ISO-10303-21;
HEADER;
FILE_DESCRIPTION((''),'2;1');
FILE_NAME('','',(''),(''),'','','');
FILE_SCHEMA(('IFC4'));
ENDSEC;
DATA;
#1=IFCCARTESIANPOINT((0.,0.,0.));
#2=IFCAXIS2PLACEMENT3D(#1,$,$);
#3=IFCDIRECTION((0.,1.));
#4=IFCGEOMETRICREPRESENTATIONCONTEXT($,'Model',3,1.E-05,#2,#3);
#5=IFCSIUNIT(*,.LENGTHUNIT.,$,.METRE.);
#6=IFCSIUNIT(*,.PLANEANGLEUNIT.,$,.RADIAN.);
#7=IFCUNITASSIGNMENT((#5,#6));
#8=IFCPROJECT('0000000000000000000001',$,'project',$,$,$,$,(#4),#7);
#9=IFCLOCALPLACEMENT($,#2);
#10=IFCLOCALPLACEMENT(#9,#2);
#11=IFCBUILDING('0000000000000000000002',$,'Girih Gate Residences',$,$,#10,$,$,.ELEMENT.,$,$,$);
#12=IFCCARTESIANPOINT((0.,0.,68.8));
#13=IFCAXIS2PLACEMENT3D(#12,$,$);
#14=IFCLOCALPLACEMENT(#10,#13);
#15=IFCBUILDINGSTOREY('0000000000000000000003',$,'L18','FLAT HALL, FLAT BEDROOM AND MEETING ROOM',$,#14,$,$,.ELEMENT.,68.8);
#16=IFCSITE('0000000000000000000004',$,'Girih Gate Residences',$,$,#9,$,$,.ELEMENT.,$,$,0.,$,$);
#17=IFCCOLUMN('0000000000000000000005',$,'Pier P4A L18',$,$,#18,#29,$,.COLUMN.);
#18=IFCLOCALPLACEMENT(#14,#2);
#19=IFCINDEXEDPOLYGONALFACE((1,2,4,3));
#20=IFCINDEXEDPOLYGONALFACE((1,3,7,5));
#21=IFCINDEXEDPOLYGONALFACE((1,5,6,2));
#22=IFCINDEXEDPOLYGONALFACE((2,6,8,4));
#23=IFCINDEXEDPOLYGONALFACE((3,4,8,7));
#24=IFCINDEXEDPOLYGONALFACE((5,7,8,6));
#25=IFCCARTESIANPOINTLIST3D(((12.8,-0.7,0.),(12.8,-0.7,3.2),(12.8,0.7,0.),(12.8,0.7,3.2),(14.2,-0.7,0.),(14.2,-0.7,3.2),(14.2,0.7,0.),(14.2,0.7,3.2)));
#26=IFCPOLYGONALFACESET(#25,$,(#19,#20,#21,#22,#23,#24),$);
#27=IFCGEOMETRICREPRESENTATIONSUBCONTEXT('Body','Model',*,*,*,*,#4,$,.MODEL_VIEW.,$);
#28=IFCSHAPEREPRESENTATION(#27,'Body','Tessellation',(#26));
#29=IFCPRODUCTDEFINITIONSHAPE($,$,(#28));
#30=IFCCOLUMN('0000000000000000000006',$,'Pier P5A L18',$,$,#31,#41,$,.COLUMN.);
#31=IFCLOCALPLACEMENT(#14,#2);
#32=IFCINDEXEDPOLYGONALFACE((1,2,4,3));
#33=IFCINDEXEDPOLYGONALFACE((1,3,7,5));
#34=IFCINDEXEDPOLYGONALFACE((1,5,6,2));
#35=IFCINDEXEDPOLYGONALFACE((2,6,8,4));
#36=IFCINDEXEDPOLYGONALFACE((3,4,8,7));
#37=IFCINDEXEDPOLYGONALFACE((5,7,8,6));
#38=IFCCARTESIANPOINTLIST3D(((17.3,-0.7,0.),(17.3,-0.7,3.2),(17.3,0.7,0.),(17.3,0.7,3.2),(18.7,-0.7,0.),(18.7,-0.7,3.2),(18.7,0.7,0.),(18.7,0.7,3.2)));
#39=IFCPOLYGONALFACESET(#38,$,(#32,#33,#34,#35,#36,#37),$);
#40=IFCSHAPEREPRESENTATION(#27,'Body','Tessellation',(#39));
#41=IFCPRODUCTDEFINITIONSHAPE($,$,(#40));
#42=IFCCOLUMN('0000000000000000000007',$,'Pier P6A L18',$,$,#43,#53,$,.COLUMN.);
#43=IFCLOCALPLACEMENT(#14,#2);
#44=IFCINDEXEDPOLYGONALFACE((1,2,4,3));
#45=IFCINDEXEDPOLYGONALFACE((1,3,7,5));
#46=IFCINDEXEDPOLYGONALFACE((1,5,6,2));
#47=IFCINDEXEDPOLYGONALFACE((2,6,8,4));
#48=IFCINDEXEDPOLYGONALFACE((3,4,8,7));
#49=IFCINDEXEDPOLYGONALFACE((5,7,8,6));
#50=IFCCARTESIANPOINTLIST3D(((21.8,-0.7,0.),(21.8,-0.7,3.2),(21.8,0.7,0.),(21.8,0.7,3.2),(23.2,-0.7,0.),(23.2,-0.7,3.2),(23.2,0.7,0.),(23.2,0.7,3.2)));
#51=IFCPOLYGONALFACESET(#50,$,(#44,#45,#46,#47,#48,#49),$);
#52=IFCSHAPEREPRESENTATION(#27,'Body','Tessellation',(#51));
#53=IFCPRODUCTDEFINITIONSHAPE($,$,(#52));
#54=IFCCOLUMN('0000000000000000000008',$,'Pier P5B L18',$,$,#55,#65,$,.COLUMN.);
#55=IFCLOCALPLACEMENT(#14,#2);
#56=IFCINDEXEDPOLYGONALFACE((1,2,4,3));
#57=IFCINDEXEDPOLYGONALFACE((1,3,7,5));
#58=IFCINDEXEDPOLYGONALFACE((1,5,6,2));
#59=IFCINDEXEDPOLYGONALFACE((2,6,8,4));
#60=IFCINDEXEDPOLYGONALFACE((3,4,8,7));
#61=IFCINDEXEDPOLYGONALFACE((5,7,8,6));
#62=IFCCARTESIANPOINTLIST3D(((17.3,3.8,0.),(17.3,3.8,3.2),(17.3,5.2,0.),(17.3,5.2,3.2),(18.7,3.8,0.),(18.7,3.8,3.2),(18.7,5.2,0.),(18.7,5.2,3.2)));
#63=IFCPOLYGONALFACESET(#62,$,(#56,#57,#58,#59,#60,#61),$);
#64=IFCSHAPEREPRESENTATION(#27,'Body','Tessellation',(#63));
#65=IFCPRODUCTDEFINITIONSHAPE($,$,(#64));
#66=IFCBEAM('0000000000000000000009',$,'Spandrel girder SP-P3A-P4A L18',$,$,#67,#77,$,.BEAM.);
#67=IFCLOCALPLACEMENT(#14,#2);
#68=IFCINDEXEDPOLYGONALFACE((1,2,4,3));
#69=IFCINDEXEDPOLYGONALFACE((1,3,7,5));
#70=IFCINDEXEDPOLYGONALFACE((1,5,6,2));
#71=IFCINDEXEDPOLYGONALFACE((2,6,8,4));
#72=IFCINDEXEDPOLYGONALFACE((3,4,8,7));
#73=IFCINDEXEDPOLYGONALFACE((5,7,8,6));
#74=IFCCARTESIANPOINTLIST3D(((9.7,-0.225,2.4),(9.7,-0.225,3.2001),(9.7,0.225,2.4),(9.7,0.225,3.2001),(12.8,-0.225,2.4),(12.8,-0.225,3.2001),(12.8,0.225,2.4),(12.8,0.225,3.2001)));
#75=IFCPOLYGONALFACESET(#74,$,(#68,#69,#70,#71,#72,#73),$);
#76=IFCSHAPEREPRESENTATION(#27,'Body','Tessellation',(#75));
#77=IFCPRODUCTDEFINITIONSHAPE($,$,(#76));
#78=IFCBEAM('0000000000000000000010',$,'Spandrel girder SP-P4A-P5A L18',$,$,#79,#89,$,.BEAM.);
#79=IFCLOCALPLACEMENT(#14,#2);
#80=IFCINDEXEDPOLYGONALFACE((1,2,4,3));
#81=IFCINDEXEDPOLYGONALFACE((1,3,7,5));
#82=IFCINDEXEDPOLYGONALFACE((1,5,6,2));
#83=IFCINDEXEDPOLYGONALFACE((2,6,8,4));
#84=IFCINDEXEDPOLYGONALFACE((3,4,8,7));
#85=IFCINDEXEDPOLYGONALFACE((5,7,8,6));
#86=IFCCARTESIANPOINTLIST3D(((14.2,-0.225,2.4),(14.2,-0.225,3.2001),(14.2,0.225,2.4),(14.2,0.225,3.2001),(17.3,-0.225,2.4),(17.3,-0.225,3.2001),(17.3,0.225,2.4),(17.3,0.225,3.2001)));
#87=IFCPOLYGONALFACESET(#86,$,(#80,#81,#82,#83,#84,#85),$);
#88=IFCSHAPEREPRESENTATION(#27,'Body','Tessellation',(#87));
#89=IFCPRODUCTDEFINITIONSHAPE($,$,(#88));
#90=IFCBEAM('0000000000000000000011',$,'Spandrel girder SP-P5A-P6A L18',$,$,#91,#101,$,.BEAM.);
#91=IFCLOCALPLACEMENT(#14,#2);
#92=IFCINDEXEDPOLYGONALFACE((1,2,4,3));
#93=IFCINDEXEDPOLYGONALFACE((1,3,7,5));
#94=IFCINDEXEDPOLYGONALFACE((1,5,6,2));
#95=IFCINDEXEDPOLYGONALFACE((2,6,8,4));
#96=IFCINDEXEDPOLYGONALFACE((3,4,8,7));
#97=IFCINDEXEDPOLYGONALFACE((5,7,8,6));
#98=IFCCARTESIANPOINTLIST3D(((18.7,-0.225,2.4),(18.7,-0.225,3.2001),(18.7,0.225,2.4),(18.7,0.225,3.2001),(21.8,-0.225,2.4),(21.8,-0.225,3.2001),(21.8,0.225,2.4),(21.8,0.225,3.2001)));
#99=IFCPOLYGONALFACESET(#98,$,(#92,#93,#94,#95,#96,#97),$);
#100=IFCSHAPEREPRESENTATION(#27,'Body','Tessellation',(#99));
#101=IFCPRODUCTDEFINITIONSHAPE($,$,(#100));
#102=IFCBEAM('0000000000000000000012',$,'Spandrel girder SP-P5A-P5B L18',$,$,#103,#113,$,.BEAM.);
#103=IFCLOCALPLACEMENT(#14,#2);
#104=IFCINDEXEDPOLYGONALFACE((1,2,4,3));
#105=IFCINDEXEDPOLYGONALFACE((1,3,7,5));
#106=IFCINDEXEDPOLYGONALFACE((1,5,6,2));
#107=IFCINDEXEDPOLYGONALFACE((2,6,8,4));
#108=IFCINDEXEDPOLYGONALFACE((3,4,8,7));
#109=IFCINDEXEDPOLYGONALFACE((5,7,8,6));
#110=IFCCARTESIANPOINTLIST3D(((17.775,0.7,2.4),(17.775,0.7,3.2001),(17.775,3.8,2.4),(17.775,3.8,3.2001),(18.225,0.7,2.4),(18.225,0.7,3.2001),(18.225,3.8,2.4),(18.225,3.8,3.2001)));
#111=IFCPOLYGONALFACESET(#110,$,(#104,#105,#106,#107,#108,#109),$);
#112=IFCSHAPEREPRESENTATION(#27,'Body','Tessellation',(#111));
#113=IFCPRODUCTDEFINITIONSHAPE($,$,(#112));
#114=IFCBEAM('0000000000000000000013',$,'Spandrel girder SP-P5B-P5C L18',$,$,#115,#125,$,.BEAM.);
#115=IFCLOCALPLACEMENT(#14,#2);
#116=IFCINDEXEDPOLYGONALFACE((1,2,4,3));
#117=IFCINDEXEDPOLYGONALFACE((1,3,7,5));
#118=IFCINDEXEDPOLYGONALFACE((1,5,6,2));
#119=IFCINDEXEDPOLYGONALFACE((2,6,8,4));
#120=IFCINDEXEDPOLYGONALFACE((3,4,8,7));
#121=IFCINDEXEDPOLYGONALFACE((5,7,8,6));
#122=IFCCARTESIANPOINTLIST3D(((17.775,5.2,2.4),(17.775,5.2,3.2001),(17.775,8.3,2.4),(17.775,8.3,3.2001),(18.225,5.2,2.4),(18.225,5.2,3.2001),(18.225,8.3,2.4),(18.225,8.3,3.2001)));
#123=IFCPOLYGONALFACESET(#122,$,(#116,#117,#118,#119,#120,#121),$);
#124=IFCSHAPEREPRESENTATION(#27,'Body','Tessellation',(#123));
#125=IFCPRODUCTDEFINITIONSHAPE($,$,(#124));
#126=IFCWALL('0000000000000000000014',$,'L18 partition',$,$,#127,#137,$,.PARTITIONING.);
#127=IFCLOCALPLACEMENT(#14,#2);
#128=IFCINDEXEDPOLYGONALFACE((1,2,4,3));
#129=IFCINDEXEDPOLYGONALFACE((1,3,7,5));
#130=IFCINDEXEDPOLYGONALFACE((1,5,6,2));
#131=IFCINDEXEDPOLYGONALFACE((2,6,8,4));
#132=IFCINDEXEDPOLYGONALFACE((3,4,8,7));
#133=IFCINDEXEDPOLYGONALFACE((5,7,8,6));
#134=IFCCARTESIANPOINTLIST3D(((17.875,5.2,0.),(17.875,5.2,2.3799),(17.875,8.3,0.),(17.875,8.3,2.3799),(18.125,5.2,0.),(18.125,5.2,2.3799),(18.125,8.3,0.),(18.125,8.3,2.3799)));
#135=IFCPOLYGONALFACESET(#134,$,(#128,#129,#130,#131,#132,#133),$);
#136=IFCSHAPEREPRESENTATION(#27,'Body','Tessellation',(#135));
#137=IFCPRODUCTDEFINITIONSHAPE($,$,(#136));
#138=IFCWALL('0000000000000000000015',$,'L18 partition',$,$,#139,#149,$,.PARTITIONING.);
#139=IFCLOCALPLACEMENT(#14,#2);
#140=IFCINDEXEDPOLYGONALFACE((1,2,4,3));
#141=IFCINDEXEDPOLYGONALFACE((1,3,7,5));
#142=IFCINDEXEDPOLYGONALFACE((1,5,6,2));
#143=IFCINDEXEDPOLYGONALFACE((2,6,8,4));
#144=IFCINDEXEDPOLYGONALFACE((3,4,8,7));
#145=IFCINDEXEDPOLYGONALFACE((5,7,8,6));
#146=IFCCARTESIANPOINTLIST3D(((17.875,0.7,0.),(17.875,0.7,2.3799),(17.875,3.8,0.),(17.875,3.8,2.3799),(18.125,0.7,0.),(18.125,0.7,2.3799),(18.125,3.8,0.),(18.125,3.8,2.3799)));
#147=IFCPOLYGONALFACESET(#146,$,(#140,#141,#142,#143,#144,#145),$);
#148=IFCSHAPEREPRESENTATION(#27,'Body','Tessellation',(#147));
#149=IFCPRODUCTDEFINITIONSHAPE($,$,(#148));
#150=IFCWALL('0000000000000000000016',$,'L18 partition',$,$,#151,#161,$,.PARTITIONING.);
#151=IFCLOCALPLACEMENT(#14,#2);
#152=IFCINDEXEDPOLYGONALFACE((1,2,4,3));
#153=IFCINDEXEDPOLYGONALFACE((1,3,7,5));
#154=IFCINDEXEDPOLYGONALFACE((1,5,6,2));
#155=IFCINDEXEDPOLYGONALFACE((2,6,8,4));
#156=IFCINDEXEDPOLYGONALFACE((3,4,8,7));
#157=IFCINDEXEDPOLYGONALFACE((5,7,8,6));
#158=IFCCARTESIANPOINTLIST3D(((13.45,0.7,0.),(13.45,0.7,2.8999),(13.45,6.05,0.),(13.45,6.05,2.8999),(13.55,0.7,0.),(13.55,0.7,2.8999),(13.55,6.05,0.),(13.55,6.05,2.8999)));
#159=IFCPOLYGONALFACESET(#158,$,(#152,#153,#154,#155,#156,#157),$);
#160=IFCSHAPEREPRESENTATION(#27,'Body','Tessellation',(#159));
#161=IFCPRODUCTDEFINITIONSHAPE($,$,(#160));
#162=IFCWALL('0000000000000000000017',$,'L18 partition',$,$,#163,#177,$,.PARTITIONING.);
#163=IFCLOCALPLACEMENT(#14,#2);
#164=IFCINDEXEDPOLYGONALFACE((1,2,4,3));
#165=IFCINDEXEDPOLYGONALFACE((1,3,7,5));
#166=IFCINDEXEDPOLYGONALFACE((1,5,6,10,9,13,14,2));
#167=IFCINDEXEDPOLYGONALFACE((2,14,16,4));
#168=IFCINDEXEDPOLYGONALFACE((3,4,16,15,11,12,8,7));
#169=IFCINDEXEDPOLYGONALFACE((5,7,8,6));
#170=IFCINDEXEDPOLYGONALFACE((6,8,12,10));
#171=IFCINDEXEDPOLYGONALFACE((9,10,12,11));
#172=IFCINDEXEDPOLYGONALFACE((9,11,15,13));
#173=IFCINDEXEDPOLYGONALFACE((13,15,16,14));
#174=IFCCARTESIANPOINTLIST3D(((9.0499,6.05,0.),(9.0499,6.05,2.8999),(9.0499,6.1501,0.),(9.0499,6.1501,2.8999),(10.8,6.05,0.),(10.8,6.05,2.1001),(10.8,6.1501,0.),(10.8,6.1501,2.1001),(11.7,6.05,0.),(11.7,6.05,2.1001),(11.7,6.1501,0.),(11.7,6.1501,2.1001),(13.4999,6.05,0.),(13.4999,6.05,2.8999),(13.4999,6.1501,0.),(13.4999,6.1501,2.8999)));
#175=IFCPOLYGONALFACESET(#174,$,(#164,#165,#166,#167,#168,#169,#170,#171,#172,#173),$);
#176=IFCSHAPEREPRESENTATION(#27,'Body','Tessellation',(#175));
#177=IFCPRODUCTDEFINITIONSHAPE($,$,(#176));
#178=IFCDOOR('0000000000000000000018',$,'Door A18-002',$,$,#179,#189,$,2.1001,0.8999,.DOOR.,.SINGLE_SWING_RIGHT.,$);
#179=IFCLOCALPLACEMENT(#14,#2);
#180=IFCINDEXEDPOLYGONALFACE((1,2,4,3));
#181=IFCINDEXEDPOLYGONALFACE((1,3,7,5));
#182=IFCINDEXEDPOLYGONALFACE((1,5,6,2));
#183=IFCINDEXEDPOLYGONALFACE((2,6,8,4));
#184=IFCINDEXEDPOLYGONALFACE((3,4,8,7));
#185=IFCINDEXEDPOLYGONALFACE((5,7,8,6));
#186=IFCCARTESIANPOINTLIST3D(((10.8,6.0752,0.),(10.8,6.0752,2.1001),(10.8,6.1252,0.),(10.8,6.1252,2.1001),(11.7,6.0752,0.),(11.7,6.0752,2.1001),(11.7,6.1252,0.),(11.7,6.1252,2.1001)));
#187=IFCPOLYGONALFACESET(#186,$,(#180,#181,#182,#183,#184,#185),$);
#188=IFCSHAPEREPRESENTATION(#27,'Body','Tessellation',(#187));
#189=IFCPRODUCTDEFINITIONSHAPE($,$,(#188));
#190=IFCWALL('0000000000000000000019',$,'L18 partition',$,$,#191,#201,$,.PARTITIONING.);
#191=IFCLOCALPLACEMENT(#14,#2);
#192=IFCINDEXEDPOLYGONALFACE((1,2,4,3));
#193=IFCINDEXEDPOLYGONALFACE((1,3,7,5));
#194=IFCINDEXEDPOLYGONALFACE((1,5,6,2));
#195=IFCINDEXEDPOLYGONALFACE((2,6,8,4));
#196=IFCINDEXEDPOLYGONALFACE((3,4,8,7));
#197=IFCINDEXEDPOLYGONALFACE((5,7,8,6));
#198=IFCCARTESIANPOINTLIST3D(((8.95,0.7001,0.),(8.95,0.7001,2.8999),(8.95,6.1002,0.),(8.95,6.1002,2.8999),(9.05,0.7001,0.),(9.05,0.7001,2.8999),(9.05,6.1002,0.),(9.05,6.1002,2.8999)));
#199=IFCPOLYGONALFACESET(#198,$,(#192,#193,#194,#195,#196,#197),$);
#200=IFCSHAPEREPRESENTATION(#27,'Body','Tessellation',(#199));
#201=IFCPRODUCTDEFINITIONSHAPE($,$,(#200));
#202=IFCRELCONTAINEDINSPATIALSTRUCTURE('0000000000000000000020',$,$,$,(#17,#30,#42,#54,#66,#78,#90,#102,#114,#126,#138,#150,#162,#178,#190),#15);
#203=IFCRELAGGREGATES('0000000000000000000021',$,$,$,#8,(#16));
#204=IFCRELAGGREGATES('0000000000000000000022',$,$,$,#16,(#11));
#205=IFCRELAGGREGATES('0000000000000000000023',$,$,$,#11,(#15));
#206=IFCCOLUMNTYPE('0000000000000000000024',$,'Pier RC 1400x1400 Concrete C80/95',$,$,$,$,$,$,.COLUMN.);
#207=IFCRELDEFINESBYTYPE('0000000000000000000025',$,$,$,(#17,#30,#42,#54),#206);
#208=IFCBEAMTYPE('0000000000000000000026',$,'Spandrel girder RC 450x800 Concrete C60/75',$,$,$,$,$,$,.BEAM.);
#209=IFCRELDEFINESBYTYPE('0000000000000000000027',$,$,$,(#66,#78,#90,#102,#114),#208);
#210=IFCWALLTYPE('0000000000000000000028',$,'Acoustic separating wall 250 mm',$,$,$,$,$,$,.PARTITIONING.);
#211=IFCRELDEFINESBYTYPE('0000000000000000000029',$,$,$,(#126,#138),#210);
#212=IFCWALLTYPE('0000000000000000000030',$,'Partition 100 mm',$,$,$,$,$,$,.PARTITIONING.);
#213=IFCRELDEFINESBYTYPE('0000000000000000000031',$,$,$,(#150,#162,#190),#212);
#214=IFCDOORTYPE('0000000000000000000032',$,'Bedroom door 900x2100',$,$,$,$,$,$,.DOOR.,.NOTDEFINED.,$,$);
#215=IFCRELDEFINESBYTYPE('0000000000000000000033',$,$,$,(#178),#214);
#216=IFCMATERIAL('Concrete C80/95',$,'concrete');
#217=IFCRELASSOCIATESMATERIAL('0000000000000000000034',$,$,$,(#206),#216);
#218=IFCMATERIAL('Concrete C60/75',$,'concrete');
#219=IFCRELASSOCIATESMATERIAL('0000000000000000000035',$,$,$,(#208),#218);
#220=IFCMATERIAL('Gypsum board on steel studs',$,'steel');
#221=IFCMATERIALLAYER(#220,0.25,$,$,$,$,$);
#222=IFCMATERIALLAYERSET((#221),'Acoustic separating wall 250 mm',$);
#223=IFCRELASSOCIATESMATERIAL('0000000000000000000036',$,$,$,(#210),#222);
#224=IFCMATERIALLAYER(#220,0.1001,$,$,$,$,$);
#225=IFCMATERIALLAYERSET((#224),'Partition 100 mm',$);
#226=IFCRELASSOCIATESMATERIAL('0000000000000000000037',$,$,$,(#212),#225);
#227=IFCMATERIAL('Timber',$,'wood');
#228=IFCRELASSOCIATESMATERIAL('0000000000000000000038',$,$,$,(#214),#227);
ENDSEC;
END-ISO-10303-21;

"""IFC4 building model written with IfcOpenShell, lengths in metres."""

from ifc_helpers import new_model, si_unit, direction, frame, frame_2d, origin, origin_2d, place, context, subcontext, project, spatial, rectangle, extrude, material, layer, layer_set, material_profile, profile_set, type_object, element, fill, save


model = new_model("IFC4")

# Units and contexts
model_context = context("Model", 3, precision=1e-05, world=origin(), true_north=direction((0.0, 1.0)))
body_context = subcontext(model_context, "Body", "Model", "MODEL_VIEW")
ifc_project = project(units=[si_unit("LENGTHUNIT", "METRE"), si_unit("PLANEANGLEUNIT", "RADIAN")], contexts=[model_context])

# Site, building, storey
site_placement = place(None, origin())
site = spatial("IfcSite", under=ifc_project, at=site_placement, Name="Girih Gate Residences", CompositionType="ELEMENT", RefElevation=0.0)
building_placement = place(site_placement, origin())
building = spatial("IfcBuilding", under=site, at=building_placement, Name="Girih Gate Residences", CompositionType="ELEMENT")
storey_placement = place(building_placement, frame((0.0, 0.0, 68.8)))
storey = spatial("IfcBuildingStorey", under=building, at=storey_placement, Name="L18", Description="FLAT HALL, FLAT BEDROOM AND MEETING ROOM", CompositionType="ELEMENT", Elevation=68.8)

# Columns
ifc_material_1 = material(Name="Concrete C80/95", Category="concrete")
ifc_material_profile_1 = material_profile(ifc_material_1, rectangle(XDim=1.3999, YDim=1.3999, at=origin_2d()))
ifc_profile_set_1 = profile_set([ifc_material_profile_1], Name="Concrete C80/95")
column_type = type_object("IfcColumnType", Name="Pier RC 1400x1400 Concrete C80/95", PredefinedType="COLUMN", material=ifc_profile_set_1)
for number, where, z_axis, x_axis, name in (
    (1, (13.5, 0.0, 0.0), (0.0, 0.0, 1.0), (1.0, 0.0, 0.0), "Pier P4A L18"),
    (2, (18.0, 0.0, 0.0), (0.0, 0.0, 1.0), (1.0, 0.0, 0.0), "Pier P5A L18"),
    (3, (22.5, 0.0, 0.0), (0.0, 0.0, 1.0), (1.0, 0.0, 0.0), "Pier P6A L18"),
    (4, (18.0, 4.5, 0.0), (0.0, 0.0, 1.0), (1.0, 0.0, 0.0), "Pier P5B L18"),
):
    element("IfcColumn", number, at=place(storey_placement, frame(where, z_axis=z_axis, x_axis=x_axis)), inside=storey, type_object=column_type, Name=name, PredefinedType="COLUMN", context=body_context, shape_type="SweptSolid", body=[
        extrude(rectangle(XDim=1.3999, YDim=1.3999, at=origin_2d()), origin(), (0.0, 0.0, 1.0), 3.2),
    ])

# Beams
ifc_material_2 = material(Name="Concrete C60/75", Category="concrete")
ifc_material_profile_2 = material_profile(ifc_material_2, rectangle(XDim=0.45, YDim=0.8, at=origin_2d()))
ifc_profile_set_2 = profile_set([ifc_material_profile_2], Name="Concrete C60/75")
beam_type = type_object("IfcBeamType", Name="Spandrel girder RC 450x800 Concrete C60/75", PredefinedType="BEAM", material=ifc_profile_set_2)
for number, where, z_axis, x_axis, name in (
    (5, (9.7, 0.0, 2.8), (1.0, 0.0, 0.0), (0.0, 1.0, 0.0), "Spandrel girder SP-P3A-P4A L18"),
    (6, (14.2, 0.0, 2.8), (1.0, 0.0, 0.0), (0.0, 1.0, 0.0), "Spandrel girder SP-P4A-P5A L18"),
    (7, (18.7, 0.0, 2.8), (1.0, 0.0, 0.0), (0.0, 1.0, 0.0), "Spandrel girder SP-P5A-P6A L18"),
    (8, (18.0, 0.7, 2.8), (0.0, 1.0, 0.0), (-1.0, 0.0, 0.0), "Spandrel girder SP-P5A-P5B L18"),
    (9, (18.0, 5.2, 2.8), (0.0, 1.0, 0.0), (-1.0, 0.0, 0.0), "Spandrel girder SP-P5B-P5C L18"),
):
    element("IfcBeam", number, at=place(storey_placement, frame(where, z_axis=z_axis, x_axis=x_axis)), inside=storey, type_object=beam_type, Name=name, PredefinedType="BEAM", context=body_context, shape_type="SweptSolid", body=[
        extrude(rectangle(XDim=0.45, YDim=0.8, at=origin_2d()), origin(), (0.0, 0.0, 1.0), 3.1001),
    ])

# Walls
ifc_material_3 = material(Name="Gypsum board on steel studs", Category="steel")
ifc_layer_1 = layer(ifc_material_3, 0.25)
ifc_layer_set_1 = layer_set([ifc_layer_1], Name="Acoustic separating wall 250 mm")
wall_type_1 = type_object("IfcWallType", Name="Acoustic separating wall 250 mm", PredefinedType="PARTITIONING", material=ifc_layer_set_1)
for number, where, z_axis, x_axis, name in (
    (10, (18.0, 5.2, 0.0), (0.0, 0.0, 1.0), (0.0, 1.0, 0.0), "L18 partition"),
    (11, (18.0, 0.7, 0.0), (0.0, 0.0, 1.0), (0.0, 1.0, 0.0), "L18 partition"),
):
    element("IfcWall", number, at=place(storey_placement, frame(where, z_axis=z_axis, x_axis=x_axis)), inside=storey, type_object=wall_type_1, Name=name, PredefinedType="PARTITIONING", context=body_context, shape_type="SweptSolid", body=[
        extrude(rectangle(XDim=3.1001, YDim=0.25, at=frame_2d((1.55, 0.0))), origin(), (0.0, 0.0, 1.0), 2.3799),
    ])
ifc_layer_2 = layer(ifc_material_3, 0.1001)
ifc_layer_set_2 = layer_set([ifc_layer_2], Name="Partition 100 mm")
wall_type_2 = type_object("IfcWallType", Name="Partition 100 mm", PredefinedType="PARTITIONING", material=ifc_layer_set_2)
wall_1_placement = place(storey_placement, frame((13.5, 0.7, 0.0), z_axis=(0.0, 0.0, 1.0), x_axis=(0.0, 1.0, 0.0)))
element("IfcWall", 12, at=wall_1_placement, inside=storey, type_object=wall_type_2, Name="L18 partition", PredefinedType="PARTITIONING", context=body_context, shape_type="SweptSolid", body=[
    extrude(rectangle(XDim=5.3501, YDim=0.1001, at=frame_2d((2.675, 0.0))), origin(), (0.0, 0.0, 1.0), 2.8999),
])

# Wall, opening, door
wall_2_placement = place(storey_placement, frame((13.5, 6.1001, 0.0), z_axis=(0.0, 0.0, 1.0), x_axis=(-1.0, 0.0, 0.0)))
wall_2 = element("IfcWall", 13, at=wall_2_placement, inside=storey, type_object=wall_type_2, Name="L18 partition", PredefinedType="PARTITIONING", context=body_context, shape_type="SweptSolid", body=[
    extrude(rectangle(XDim=4.45, YDim=0.1001, at=frame_2d((2.2251, 0.0))), origin(), (0.0, 0.0, 1.0), 2.8999),
])
opening_1_placement = place(wall_2_placement, frame((1.8, 0.0, 0.0)))
opening_1 = element("IfcOpeningElement", 14, at=opening_1_placement, cuts=wall_2, PredefinedType="OPENING", context=body_context, shape_type="SweptSolid", body=[
    extrude(rectangle(XDim=0.8999, YDim=2.1001, at=frame_2d((0.45, 1.05))), frame((0.0, 0.0601, 0.0), z_axis=(0.0, -1.0, 0.0), x_axis=(1.0, 0.0, 0.0)), (0.0, 0.0, 1.0), 0.1201),
])
ifc_material_4 = material(Name="Timber", Category="wood")
door_type_1 = type_object("IfcDoorType", Name="Bedroom door 900x2100", OperationType="NOTDEFINED", PredefinedType="DOOR", material=ifc_material_4)
door_1_placement = place(opening_1_placement, origin())
door_1 = element("IfcDoor", 15, at=door_1_placement, inside=storey, type_object=door_type_1, Name="Door A18-002", OperationType="SINGLE_SWING_RIGHT", OverallHeight=2.1001, OverallWidth=0.8999, PredefinedType="DOOR", context=body_context, shape_type="SweptSolid", body=[
    extrude(rectangle(XDim=0.8999, YDim=2.1001, at=frame_2d((0.45, 1.05))), frame((0.0, 0.0249, 0.0), z_axis=(0.0, -1.0, 0.0), x_axis=(1.0, 0.0, 0.0)), (0.0, 0.0, 1.0), 0.05),
])
fill(opening_1, door_1)

# Wall
wall_3_placement = place(storey_placement, frame((9.0, 0.7, 0.0), z_axis=(0.0, 0.0, 1.0), x_axis=(0.0, 1.0, 0.0)))
element("IfcWall", 16, at=wall_3_placement, inside=storey, type_object=wall_type_2, Name="L18 partition", PredefinedType="PARTITIONING", context=body_context, shape_type="SweptSolid", body=[
    extrude(rectangle(XDim=5.4001, YDim=0.1001, at=frame_2d((2.7002, 0.0))), origin(), (0.0, 0.0, 1.0), 2.8999),
])

save(model, "model.ifc")
